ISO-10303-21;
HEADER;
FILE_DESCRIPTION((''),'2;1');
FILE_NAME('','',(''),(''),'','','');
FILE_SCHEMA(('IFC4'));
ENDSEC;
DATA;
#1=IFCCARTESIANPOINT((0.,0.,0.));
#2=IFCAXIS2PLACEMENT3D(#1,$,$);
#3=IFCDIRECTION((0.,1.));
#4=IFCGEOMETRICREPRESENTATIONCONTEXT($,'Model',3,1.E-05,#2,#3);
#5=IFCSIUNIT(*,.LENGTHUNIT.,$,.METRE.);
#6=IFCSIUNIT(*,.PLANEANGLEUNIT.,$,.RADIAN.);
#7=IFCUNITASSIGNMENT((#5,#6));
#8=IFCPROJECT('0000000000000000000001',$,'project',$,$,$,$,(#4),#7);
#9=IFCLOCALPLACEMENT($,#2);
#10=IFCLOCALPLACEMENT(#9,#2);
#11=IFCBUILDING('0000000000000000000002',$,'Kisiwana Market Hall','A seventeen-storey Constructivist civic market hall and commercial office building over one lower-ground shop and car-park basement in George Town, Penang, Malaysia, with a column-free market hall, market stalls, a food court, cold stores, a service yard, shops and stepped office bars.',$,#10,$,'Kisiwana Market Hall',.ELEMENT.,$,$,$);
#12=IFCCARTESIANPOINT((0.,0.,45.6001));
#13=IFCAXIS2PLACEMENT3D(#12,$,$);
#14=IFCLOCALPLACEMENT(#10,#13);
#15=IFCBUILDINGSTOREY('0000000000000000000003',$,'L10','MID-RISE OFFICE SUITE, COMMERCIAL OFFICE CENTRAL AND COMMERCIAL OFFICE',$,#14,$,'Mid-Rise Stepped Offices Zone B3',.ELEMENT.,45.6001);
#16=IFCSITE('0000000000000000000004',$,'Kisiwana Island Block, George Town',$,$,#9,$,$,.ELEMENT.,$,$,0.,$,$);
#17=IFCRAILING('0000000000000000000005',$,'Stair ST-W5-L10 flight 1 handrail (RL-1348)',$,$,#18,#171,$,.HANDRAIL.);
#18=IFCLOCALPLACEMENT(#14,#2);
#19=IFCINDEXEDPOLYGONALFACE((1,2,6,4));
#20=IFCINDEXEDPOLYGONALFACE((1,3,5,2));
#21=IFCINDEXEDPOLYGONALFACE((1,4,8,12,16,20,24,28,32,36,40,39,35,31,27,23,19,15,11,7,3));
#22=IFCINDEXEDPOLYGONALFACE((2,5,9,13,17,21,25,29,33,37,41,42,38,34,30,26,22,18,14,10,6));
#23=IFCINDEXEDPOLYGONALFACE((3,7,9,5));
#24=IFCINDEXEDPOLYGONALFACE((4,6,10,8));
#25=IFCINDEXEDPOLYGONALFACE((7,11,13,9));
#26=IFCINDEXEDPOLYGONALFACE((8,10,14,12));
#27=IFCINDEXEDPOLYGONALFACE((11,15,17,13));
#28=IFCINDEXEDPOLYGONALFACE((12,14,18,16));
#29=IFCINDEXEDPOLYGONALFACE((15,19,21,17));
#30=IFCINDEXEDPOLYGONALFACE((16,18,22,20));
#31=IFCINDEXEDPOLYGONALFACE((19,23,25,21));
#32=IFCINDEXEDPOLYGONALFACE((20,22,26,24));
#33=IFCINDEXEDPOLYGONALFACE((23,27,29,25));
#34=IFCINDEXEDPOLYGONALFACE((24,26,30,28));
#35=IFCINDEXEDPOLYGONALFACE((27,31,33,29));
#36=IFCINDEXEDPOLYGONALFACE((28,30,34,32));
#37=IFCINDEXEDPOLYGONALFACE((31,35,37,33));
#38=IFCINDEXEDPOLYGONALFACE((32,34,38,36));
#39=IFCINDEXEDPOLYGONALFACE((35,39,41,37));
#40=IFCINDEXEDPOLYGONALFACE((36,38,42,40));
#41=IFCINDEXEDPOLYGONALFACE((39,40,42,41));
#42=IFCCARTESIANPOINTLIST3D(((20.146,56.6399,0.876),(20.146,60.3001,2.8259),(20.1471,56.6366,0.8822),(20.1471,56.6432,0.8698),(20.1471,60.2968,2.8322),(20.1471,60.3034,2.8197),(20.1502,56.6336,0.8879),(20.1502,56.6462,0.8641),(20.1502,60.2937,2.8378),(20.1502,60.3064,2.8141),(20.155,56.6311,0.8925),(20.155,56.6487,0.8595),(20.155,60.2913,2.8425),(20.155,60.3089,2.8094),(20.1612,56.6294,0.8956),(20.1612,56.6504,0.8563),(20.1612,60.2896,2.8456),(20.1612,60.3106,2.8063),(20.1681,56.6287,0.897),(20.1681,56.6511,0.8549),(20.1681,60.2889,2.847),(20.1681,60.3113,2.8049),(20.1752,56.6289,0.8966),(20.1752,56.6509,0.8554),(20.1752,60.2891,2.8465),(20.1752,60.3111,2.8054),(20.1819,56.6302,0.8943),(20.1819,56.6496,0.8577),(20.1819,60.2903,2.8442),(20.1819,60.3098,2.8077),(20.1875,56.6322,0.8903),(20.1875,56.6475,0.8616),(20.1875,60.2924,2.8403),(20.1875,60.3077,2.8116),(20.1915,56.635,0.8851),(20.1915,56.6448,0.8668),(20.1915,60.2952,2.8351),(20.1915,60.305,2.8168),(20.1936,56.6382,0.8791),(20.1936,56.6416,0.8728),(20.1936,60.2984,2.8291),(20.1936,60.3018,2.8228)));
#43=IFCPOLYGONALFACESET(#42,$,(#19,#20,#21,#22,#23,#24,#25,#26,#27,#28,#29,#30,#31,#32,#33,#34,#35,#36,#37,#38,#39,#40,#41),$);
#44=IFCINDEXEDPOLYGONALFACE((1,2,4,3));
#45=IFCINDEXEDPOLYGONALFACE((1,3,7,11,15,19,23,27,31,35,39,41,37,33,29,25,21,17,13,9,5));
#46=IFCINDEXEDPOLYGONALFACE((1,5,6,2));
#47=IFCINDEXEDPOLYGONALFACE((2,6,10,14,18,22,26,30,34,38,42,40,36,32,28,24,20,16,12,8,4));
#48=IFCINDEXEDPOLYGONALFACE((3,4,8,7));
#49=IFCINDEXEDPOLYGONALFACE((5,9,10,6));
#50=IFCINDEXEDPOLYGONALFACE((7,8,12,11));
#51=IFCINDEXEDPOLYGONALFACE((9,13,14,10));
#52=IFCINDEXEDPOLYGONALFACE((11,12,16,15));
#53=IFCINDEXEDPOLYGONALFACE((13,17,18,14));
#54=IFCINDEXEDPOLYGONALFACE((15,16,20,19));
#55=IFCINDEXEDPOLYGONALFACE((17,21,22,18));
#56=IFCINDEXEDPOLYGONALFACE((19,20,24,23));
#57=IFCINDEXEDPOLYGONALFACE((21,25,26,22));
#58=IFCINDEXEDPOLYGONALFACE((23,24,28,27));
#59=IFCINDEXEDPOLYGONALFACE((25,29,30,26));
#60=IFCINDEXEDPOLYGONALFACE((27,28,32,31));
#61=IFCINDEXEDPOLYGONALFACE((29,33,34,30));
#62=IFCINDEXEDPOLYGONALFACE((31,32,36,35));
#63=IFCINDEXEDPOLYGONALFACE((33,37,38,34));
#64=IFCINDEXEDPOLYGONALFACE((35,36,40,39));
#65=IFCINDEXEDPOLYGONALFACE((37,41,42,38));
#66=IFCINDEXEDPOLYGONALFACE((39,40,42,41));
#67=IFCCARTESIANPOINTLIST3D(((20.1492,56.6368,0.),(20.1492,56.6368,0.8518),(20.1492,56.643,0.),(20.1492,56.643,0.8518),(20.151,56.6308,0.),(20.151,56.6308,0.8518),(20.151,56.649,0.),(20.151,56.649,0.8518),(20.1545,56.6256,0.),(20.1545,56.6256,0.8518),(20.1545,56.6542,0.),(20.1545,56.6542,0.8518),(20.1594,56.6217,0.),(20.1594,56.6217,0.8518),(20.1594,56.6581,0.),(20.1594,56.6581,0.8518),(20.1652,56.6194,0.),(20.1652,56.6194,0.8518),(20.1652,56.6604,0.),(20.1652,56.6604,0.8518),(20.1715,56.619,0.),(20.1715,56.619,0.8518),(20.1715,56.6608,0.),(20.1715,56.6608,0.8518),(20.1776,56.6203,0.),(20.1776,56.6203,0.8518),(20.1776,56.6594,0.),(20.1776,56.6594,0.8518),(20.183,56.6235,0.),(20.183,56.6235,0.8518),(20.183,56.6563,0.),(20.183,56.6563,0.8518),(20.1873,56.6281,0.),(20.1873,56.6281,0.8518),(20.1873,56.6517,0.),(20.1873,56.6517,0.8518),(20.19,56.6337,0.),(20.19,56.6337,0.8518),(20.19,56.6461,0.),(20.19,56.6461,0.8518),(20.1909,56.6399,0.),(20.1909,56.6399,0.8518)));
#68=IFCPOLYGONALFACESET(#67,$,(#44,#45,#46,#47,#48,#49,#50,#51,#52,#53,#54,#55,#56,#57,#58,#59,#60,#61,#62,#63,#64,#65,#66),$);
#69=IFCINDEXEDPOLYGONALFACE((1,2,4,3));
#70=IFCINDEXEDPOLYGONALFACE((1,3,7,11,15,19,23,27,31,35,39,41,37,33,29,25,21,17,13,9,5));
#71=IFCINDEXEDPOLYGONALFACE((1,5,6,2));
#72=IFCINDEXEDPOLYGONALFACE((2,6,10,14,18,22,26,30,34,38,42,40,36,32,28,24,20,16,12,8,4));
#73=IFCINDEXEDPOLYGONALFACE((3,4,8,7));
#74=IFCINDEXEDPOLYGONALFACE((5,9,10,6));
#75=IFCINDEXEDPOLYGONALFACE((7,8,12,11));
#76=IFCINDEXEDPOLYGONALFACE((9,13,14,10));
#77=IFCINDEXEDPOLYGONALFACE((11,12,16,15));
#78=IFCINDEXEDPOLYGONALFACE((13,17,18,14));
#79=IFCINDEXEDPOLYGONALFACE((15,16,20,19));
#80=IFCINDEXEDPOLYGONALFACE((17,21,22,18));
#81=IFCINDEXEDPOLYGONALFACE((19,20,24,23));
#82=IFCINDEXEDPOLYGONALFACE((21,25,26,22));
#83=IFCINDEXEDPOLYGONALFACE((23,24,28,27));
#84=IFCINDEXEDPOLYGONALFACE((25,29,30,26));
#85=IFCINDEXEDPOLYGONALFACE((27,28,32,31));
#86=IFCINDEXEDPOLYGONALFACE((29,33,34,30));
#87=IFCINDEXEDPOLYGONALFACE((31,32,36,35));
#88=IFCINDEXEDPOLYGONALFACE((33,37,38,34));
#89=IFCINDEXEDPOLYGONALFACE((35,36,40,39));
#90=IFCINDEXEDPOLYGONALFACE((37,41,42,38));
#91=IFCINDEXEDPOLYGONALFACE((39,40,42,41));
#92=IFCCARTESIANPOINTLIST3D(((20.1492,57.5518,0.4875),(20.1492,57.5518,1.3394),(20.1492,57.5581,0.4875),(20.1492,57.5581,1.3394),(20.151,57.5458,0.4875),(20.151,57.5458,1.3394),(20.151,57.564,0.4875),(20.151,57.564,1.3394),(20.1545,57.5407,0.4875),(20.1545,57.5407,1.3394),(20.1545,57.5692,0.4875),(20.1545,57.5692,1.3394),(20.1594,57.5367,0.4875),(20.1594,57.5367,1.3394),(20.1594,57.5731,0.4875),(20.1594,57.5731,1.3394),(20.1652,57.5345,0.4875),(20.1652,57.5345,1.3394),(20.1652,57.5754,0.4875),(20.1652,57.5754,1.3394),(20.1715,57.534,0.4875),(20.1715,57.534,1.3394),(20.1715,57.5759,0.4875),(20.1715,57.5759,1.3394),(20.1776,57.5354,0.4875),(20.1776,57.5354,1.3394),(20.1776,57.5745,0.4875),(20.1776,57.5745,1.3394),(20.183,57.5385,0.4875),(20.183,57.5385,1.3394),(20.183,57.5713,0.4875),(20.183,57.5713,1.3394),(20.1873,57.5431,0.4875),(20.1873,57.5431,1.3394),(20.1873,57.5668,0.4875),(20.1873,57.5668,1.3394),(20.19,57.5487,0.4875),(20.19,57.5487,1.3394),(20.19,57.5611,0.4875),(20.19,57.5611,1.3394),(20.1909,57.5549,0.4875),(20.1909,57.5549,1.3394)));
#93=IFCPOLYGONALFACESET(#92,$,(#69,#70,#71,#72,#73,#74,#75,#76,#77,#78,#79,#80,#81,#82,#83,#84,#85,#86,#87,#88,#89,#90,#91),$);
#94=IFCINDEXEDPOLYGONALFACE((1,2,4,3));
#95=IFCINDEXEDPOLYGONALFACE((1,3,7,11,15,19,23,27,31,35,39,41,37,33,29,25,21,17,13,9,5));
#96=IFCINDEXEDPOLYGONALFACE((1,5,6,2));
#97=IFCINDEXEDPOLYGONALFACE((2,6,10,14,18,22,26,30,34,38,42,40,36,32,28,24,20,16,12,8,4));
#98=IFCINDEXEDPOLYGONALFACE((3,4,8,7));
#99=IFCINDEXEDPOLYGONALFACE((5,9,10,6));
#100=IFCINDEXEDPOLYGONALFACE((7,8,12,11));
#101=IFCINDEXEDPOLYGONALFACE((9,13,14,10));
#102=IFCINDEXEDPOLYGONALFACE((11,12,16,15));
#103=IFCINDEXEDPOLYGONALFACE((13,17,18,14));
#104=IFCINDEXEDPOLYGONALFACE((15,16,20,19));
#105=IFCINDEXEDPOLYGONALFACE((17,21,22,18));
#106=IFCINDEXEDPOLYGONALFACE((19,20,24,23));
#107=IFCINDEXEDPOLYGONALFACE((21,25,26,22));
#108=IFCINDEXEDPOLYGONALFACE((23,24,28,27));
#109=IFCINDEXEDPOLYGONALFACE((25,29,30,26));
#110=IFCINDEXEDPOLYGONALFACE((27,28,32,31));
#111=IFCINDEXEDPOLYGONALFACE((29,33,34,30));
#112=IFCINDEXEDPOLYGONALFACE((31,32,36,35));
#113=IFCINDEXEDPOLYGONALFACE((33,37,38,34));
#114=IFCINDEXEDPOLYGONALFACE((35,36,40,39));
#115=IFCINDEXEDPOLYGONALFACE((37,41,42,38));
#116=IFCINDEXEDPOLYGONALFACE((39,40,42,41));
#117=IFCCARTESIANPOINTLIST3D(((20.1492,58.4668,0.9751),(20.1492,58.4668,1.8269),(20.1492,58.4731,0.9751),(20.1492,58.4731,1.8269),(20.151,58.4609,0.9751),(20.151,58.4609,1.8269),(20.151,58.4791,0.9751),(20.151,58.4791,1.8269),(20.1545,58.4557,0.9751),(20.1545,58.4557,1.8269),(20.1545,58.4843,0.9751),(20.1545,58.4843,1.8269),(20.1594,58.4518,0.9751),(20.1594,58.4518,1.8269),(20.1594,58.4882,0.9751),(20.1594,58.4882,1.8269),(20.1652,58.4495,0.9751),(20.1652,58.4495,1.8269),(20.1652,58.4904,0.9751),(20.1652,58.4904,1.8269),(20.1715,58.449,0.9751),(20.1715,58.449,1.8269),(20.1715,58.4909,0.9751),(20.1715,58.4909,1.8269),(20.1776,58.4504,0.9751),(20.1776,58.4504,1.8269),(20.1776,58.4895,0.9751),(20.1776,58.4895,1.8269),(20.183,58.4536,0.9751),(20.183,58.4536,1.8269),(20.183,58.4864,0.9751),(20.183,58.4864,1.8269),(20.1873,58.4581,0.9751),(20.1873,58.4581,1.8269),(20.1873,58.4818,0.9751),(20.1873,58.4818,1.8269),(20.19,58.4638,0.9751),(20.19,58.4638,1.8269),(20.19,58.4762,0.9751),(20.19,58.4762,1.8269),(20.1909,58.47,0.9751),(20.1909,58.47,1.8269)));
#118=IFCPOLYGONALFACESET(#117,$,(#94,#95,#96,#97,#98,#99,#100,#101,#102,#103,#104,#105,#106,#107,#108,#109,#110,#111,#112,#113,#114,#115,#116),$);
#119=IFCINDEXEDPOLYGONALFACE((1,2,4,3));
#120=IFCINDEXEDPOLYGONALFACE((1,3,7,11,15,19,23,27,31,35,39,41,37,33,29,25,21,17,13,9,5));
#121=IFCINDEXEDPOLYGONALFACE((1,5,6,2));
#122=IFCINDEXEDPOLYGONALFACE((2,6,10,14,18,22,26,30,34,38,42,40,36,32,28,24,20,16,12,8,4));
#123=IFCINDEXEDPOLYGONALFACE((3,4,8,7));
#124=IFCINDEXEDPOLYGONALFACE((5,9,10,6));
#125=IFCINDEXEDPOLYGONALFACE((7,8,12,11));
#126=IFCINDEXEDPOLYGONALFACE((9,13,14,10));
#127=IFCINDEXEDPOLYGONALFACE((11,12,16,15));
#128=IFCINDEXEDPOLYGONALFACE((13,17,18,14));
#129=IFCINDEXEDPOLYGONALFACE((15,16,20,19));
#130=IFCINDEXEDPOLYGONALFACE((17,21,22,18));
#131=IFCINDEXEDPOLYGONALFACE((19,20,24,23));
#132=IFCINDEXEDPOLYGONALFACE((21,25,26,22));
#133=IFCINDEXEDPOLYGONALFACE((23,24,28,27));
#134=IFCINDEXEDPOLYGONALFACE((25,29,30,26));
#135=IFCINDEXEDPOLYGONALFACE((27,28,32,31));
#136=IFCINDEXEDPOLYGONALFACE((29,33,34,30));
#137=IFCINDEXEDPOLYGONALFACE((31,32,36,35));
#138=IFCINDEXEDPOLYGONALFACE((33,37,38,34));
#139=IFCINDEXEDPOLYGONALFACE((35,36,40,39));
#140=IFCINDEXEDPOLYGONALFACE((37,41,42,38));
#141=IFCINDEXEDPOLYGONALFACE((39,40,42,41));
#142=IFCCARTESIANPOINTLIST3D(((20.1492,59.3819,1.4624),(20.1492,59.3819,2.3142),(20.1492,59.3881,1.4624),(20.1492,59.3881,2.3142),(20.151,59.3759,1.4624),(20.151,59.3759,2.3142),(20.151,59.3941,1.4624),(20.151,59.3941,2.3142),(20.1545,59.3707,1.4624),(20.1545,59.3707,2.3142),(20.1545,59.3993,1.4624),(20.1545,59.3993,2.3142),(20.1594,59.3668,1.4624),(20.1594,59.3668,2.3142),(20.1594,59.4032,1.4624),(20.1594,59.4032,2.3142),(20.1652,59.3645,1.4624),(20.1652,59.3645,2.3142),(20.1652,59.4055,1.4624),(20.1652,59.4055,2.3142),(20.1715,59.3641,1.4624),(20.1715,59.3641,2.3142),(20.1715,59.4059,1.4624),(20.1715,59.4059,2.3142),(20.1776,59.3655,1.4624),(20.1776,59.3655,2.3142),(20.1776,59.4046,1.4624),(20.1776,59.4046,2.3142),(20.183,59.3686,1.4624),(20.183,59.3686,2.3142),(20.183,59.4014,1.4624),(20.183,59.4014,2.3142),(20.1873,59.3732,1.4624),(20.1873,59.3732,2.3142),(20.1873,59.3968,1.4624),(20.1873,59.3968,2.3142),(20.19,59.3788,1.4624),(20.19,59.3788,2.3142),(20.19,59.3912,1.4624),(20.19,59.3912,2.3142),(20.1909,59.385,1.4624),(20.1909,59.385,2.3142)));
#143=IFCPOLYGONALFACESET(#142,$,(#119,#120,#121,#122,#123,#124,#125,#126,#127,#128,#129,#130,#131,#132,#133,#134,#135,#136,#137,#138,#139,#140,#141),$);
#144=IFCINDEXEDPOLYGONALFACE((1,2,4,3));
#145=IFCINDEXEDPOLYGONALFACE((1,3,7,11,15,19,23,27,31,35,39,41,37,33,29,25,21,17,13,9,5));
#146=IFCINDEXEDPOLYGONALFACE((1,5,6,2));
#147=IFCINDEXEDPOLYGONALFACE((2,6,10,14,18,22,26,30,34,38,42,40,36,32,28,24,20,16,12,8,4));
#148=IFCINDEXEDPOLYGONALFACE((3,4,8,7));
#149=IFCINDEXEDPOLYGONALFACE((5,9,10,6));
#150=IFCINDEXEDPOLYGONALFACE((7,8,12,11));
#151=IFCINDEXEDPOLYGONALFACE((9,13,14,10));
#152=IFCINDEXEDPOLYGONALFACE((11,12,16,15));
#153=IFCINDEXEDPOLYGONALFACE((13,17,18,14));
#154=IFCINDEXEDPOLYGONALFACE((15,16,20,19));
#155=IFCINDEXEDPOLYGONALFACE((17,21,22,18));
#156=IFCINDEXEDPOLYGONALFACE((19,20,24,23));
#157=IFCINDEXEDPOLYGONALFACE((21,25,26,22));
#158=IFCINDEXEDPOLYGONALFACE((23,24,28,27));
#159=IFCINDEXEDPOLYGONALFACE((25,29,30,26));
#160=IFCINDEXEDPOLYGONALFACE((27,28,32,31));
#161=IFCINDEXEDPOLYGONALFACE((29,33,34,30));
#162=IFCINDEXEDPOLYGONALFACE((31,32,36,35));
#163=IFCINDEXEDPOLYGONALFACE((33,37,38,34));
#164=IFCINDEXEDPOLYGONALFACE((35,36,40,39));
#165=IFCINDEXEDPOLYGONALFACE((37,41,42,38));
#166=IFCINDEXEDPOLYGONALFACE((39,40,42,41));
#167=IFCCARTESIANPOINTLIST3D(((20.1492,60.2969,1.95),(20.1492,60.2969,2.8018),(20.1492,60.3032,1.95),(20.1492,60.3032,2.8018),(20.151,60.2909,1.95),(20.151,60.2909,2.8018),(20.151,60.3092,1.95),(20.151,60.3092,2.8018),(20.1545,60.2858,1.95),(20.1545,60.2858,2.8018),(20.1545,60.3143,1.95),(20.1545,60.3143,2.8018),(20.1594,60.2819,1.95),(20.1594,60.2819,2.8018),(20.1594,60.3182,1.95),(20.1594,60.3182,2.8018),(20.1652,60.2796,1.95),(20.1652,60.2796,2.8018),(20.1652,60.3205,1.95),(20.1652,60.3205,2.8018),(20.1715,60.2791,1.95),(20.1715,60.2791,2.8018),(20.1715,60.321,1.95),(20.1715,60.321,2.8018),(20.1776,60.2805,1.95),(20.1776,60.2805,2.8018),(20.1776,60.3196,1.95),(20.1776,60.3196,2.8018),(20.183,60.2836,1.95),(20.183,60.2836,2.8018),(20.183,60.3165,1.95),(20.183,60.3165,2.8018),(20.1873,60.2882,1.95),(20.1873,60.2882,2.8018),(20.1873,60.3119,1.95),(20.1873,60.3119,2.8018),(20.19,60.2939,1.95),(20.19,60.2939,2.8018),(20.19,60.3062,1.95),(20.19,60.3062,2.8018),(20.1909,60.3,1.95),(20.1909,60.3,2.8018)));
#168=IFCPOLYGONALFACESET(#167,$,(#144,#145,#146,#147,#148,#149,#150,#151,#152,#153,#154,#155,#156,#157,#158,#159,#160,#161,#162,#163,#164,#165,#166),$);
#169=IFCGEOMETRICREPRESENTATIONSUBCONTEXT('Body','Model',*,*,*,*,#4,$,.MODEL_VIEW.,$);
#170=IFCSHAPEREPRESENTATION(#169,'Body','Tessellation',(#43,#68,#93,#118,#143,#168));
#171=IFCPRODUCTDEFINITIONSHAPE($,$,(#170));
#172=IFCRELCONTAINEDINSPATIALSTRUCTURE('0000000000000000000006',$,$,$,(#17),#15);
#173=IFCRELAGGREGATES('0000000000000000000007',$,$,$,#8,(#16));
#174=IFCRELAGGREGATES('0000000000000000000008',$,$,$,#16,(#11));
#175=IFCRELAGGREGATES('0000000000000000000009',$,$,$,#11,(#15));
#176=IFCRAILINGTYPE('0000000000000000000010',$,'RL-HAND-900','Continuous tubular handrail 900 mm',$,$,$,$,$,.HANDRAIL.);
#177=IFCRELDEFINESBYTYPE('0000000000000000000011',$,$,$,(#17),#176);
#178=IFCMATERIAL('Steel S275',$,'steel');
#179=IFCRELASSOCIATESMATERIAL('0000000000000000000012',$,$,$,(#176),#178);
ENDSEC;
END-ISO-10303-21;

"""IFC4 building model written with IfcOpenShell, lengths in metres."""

from ifc_helpers import new_model, si_unit, direction, frame, origin, origin_2d, place, context, subcontext, project, spatial, circle, extrude, material, type_object, element, save


model = new_model("IFC4")

# Units and contexts
model_context = context("Model", 3, precision=1e-05, world=origin(), true_north=direction((0.0, 1.0)))
body_context = subcontext(model_context, "Body", "Model", "MODEL_VIEW")
ifc_project = project(units=[si_unit("LENGTHUNIT", "METRE"), si_unit("PLANEANGLEUNIT", "RADIAN")], contexts=[model_context])

# Site, building, storey
site_placement = place(None, origin())
site = spatial("IfcSite", under=ifc_project, at=site_placement, Name="Kisiwana Island Block, George Town", CompositionType="ELEMENT", RefElevation=0.0)
building_placement = place(site_placement, origin())
building = spatial("IfcBuilding", under=site, at=building_placement, Name="Kisiwana Market Hall", Description="A seventeen-storey Constructivist civic market hall and commercial office building over one lower-ground shop and car-park basement in George Town, Penang, Malaysia, with a column-free market hall, market stalls, a food court, cold stores, a service yard, shops and stepped office bars.", LongName="Kisiwana Market Hall", CompositionType="ELEMENT")
storey_placement = place(building_placement, frame((0.0, 0.0, 45.6001)))
storey = spatial("IfcBuildingStorey", under=building, at=storey_placement, Name="L10", Description="MID-RISE OFFICE SUITE, COMMERCIAL OFFICE CENTRAL AND COMMERCIAL OFFICE", LongName="Mid-Rise Stepped Offices Zone B3", CompositionType="ELEMENT", Elevation=45.6001)

# Railing
ifc_material_1 = material(Name="Steel S275", Category="steel")
railing_type_1 = type_object("IfcRailingType", Name="RL-HAND-900", Description="Continuous tubular handrail 900 mm", PredefinedType="HANDRAIL", material=ifc_material_1)
railing_1_placement = place(storey_placement, frame((20.1699, 56.6399, 0.0)))
element("IfcRailing", 1, at=railing_1_placement, inside=storey, type_object=railing_type_1, Name="Stair ST-W5-L10 flight 1 handrail (RL-1348)", PredefinedType="HANDRAIL", context=body_context, shape_type="SweptSolid", body=[
    extrude(circle(Radius=0.0239, at=origin_2d()), frame((0.0, 0.0, 0.876), z_axis=(0.0, 0.882566, 0.470188), x_axis=(-1.0, 0.0, 0.0)), (0.0, 0.0, 1.0), 4.1472),
    extrude(circle(Radius=0.021, at=origin_2d()), origin(), (0.0, 0.0, 1.0), 0.8518),
    extrude(circle(Radius=0.021, at=origin_2d()), frame((0.0, 0.915, 0.4875)), (0.0, 0.0, 1.0), 0.8518),
    extrude(circle(Radius=0.021, at=origin_2d()), frame((0.0, 1.8301, 0.9751)), (0.0, 0.0, 1.0), 0.8518),
    extrude(circle(Radius=0.021, at=origin_2d()), frame((0.0, 2.7451, 1.4624)), (0.0, 0.0, 1.0), 0.8518),
    extrude(circle(Radius=0.021, at=origin_2d()), frame((0.0, 3.6602, 1.95)), (0.0, 0.0, 1.0), 0.8518),
])

save(model, "model.ifc")
